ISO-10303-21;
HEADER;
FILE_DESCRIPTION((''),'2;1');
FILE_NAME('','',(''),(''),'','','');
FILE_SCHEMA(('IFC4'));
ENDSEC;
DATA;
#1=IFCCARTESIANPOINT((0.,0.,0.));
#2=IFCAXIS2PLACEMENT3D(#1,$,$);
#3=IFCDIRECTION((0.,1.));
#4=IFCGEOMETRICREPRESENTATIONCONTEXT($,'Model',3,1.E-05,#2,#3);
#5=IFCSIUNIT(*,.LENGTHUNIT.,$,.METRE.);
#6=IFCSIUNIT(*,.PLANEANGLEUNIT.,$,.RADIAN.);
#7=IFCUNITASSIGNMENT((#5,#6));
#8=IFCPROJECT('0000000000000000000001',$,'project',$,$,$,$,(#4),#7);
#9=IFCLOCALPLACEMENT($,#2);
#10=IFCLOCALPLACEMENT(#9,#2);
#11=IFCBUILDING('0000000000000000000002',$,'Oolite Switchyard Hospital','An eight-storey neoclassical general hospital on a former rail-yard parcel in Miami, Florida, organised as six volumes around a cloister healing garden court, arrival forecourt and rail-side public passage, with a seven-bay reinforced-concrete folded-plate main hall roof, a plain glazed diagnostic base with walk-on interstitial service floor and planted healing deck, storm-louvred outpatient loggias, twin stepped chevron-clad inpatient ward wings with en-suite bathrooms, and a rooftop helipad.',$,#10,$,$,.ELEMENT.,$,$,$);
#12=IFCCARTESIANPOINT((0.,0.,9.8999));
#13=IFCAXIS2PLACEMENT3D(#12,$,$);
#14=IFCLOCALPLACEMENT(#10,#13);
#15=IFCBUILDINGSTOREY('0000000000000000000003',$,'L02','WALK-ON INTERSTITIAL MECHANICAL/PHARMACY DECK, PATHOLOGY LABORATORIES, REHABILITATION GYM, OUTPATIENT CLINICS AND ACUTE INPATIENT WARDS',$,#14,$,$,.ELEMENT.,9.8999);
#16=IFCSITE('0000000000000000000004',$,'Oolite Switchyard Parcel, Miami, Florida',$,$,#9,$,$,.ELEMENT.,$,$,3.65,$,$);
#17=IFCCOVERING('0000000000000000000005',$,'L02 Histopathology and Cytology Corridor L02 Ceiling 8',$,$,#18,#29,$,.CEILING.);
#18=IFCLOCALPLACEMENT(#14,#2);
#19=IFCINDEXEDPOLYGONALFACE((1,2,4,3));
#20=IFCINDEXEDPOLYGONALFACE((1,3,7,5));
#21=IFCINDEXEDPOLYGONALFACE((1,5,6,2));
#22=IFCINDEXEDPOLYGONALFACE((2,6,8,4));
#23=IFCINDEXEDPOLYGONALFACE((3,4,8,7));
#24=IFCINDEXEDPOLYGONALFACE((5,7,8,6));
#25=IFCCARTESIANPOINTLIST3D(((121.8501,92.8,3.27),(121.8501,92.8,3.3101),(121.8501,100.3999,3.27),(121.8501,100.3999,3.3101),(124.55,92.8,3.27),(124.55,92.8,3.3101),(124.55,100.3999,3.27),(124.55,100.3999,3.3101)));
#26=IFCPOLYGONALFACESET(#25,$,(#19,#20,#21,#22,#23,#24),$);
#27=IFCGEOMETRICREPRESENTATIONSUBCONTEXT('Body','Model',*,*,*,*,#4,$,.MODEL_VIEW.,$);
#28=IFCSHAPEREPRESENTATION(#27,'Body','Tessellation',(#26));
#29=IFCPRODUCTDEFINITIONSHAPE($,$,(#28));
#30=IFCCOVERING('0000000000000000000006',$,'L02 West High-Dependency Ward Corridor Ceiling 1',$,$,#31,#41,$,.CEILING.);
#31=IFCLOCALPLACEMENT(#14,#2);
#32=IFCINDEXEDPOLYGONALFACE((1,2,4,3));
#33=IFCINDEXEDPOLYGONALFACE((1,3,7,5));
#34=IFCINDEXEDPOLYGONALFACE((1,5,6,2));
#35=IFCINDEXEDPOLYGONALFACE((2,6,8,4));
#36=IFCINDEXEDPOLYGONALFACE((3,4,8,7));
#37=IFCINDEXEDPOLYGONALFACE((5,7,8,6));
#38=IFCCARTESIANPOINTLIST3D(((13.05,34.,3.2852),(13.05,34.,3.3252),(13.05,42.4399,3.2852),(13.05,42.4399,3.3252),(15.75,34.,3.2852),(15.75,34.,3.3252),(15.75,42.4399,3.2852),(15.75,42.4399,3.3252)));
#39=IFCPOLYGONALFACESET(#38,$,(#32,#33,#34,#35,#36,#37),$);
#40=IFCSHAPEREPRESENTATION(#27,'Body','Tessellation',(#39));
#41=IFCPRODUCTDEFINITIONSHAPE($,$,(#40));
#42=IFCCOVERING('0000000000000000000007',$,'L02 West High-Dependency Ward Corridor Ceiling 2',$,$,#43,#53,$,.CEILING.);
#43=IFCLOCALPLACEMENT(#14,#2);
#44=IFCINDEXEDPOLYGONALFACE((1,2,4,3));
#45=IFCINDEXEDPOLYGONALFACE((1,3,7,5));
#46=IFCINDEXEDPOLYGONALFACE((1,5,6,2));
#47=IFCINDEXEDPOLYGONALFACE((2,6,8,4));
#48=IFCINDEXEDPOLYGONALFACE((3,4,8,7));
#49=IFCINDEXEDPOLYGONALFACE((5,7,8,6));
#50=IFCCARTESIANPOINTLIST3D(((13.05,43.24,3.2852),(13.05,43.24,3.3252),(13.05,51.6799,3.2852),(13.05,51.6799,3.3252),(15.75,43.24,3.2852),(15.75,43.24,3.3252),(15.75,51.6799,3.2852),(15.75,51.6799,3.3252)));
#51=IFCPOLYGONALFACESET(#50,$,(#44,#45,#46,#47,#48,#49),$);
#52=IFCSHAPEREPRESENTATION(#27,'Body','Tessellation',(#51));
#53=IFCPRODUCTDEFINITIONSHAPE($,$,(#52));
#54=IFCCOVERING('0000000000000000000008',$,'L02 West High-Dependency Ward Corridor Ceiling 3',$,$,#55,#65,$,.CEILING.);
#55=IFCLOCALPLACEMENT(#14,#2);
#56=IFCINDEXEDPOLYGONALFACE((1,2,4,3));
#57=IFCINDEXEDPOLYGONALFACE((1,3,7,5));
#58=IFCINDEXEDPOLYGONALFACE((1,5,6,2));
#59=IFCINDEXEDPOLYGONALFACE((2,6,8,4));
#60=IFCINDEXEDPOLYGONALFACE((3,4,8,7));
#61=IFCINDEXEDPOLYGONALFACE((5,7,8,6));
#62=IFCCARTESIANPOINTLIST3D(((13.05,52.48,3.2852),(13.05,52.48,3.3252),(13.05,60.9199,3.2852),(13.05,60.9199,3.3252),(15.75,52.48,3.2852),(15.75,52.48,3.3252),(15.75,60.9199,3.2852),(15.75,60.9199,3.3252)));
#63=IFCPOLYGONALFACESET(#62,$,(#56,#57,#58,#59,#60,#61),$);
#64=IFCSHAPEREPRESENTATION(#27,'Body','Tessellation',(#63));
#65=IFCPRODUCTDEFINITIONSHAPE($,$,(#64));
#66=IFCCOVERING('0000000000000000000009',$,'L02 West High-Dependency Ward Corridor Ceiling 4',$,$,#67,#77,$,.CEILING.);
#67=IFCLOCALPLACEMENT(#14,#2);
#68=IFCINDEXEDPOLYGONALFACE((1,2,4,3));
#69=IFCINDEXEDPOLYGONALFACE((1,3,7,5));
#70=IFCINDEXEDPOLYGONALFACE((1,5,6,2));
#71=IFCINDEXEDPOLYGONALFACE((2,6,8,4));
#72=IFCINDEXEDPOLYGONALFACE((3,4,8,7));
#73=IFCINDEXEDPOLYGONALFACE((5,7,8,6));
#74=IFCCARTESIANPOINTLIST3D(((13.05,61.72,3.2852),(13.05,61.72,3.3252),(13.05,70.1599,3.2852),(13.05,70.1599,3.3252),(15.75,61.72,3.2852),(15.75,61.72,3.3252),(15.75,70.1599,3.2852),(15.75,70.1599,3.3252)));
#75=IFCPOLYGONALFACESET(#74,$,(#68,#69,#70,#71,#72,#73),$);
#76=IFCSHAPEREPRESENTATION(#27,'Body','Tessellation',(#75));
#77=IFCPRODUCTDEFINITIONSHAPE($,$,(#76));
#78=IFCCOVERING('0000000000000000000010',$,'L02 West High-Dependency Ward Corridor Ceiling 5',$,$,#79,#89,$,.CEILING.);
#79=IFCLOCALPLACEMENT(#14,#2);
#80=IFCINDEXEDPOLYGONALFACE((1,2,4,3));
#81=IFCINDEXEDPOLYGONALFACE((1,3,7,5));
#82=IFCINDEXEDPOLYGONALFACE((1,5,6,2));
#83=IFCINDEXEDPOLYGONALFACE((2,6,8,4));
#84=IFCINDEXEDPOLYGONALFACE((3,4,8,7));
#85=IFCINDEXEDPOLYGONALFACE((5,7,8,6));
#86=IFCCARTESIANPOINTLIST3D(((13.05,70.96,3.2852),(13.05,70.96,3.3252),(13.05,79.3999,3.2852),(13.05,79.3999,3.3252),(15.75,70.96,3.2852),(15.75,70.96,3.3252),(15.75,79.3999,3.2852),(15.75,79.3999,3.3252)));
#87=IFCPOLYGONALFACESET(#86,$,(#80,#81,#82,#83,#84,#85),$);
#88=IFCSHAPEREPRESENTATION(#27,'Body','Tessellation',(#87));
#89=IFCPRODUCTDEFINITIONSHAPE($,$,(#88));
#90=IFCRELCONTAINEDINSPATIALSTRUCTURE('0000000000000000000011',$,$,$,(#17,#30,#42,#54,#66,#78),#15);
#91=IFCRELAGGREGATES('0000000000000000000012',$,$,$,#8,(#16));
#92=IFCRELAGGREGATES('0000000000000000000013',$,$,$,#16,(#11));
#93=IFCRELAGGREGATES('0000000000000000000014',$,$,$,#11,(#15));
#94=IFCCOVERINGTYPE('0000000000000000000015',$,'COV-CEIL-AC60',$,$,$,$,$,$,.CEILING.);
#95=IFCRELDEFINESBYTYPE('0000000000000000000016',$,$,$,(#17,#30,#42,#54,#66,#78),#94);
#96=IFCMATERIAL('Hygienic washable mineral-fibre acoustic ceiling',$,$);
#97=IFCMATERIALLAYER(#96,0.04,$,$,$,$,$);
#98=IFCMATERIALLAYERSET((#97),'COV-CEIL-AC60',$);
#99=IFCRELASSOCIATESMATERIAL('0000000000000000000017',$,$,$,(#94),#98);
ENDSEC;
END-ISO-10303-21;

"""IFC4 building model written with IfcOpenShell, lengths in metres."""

from ifc_helpers import new_model, si_unit, direction, frame, origin, place, context, subcontext, project, spatial, polyline, outline, extrude, material, layer, layer_set, type_object, element, save


model = new_model("IFC4")

# Units and contexts
model_context = context("Model", 3, precision=1e-05, world=origin(), true_north=direction((0.0, 1.0)))
body_context = subcontext(model_context, "Body", "Model", "MODEL_VIEW")
ifc_project = project(units=[si_unit("LENGTHUNIT", "METRE"), si_unit("PLANEANGLEUNIT", "RADIAN")], contexts=[model_context])

# Site, building, storey
site_placement = place(None, origin())
site = spatial("IfcSite", under=ifc_project, at=site_placement, Name="Oolite Switchyard Parcel, Miami, Florida", CompositionType="ELEMENT", RefElevation=3.65)
building_placement = place(site_placement, origin())
building = spatial("IfcBuilding", under=site, at=building_placement, Name="Oolite Switchyard Hospital", Description="An eight-storey neoclassical general hospital on a former rail-yard parcel in Miami, Florida, organised as six volumes around a cloister healing garden court, arrival forecourt and rail-side public passage, with a seven-bay reinforced-concrete folded-plate main hall roof, a plain glazed diagnostic base with walk-on interstitial service floor and planted healing deck, storm-louvred outpatient loggias, twin stepped chevron-clad inpatient ward wings with en-suite bathrooms, and a rooftop helipad.", CompositionType="ELEMENT")
storey_placement = place(building_placement, frame((0.0, 0.0, 9.8999)))
storey = spatial("IfcBuildingStorey", under=building, at=storey_placement, Name="L02", Description="WALK-ON INTERSTITIAL MECHANICAL/PHARMACY DECK, PATHOLOGY LABORATORIES, REHABILITATION GYM, OUTPATIENT CLINICS AND ACUTE INPATIENT WARDS", CompositionType="ELEMENT", Elevation=9.8999)

# Coverings
ifc_material = material(Name="Hygienic washable mineral-fibre acoustic ceiling")
ifc_layer = layer(ifc_material, 0.04)
ifc_layer_set = layer_set([ifc_layer], Name="COV-CEIL-AC60")
covering_type = type_object("IfcCoveringType", Name="COV-CEIL-AC60", PredefinedType="CEILING", material=ifc_layer_set)
covering_1_placement = place(storey_placement, frame((0.0, 0.0, 3.27)))
element("IfcCovering", 1, at=covering_1_placement, inside=storey, type_object=covering_type, Name="L02 Histopathology and Cytology Corridor L02 Ceiling 8", PredefinedType="CEILING", context=body_context, shape_type="SweptSolid", body=[
    extrude(outline(polyline([(121.8501, 92.8), (124.55, 92.8), (124.55, 100.3999), (121.8501, 100.3999), (121.8501, 92.8)])), origin(), (0.0, 0.0, 1.0), 0.04),
])
covering_2_placement = place(storey_placement, frame((0.0, 0.0, 3.2852)))
element("IfcCovering", 2, at=covering_2_placement, inside=storey, type_object=covering_type, Name="L02 West High-Dependency Ward Corridor Ceiling 1", PredefinedType="CEILING", context=body_context, shape_type="SweptSolid", body=[
    extrude(outline(polyline([(13.05, 34.0), (15.75, 34.0), (15.75, 42.4399), (13.05, 42.4399), (13.05, 34.0)])), origin(), (0.0, 0.0, 1.0), 0.04),
])
covering_3_placement = place(storey_placement, frame((0.0, 0.0, 3.2852)))
element("IfcCovering", 3, at=covering_3_placement, inside=storey, type_object=covering_type, Name="L02 West High-Dependency Ward Corridor Ceiling 2", PredefinedType="CEILING", context=body_context, shape_type="SweptSolid", body=[
    extrude(outline(polyline([(13.05, 43.24), (15.75, 43.24), (15.75, 51.6799), (13.05, 51.6799), (13.05, 43.24)])), origin(), (0.0, 0.0, 1.0), 0.04),
])
covering_4_placement = place(storey_placement, frame((0.0, 0.0, 3.2852)))
element("IfcCovering", 4, at=covering_4_placement, inside=storey, type_object=covering_type, Name="L02 West High-Dependency Ward Corridor Ceiling 3", PredefinedType="CEILING", context=body_context, shape_type="SweptSolid", body=[
    extrude(outline(polyline([(13.05, 52.48), (15.75, 52.48), (15.75, 60.9199), (13.05, 60.9199), (13.05, 52.48)])), origin(), (0.0, 0.0, 1.0), 0.04),
])
covering_5_placement = place(storey_placement, frame((0.0, 0.0, 3.2852)))
element("IfcCovering", 5, at=covering_5_placement, inside=storey, type_object=covering_type, Name="L02 West High-Dependency Ward Corridor Ceiling 4", PredefinedType="CEILING", context=body_context, shape_type="SweptSolid", body=[
    extrude(outline(polyline([(13.05, 61.72), (15.75, 61.72), (15.75, 70.1599), (13.05, 70.1599), (13.05, 61.72)])), origin(), (0.0, 0.0, 1.0), 0.04),
])
covering_6_placement = place(storey_placement, frame((0.0, 0.0, 3.2852)))
element("IfcCovering", 6, at=covering_6_placement, inside=storey, type_object=covering_type, Name="L02 West High-Dependency Ward Corridor Ceiling 5", PredefinedType="CEILING", context=body_context, shape_type="SweptSolid", body=[
    extrude(outline(polyline([(13.05, 70.96), (15.75, 70.96), (15.75, 79.3999), (13.05, 79.3999), (13.05, 70.96)])), origin(), (0.0, 0.0, 1.0), 0.04),
])

save(model, "model.ifc")
